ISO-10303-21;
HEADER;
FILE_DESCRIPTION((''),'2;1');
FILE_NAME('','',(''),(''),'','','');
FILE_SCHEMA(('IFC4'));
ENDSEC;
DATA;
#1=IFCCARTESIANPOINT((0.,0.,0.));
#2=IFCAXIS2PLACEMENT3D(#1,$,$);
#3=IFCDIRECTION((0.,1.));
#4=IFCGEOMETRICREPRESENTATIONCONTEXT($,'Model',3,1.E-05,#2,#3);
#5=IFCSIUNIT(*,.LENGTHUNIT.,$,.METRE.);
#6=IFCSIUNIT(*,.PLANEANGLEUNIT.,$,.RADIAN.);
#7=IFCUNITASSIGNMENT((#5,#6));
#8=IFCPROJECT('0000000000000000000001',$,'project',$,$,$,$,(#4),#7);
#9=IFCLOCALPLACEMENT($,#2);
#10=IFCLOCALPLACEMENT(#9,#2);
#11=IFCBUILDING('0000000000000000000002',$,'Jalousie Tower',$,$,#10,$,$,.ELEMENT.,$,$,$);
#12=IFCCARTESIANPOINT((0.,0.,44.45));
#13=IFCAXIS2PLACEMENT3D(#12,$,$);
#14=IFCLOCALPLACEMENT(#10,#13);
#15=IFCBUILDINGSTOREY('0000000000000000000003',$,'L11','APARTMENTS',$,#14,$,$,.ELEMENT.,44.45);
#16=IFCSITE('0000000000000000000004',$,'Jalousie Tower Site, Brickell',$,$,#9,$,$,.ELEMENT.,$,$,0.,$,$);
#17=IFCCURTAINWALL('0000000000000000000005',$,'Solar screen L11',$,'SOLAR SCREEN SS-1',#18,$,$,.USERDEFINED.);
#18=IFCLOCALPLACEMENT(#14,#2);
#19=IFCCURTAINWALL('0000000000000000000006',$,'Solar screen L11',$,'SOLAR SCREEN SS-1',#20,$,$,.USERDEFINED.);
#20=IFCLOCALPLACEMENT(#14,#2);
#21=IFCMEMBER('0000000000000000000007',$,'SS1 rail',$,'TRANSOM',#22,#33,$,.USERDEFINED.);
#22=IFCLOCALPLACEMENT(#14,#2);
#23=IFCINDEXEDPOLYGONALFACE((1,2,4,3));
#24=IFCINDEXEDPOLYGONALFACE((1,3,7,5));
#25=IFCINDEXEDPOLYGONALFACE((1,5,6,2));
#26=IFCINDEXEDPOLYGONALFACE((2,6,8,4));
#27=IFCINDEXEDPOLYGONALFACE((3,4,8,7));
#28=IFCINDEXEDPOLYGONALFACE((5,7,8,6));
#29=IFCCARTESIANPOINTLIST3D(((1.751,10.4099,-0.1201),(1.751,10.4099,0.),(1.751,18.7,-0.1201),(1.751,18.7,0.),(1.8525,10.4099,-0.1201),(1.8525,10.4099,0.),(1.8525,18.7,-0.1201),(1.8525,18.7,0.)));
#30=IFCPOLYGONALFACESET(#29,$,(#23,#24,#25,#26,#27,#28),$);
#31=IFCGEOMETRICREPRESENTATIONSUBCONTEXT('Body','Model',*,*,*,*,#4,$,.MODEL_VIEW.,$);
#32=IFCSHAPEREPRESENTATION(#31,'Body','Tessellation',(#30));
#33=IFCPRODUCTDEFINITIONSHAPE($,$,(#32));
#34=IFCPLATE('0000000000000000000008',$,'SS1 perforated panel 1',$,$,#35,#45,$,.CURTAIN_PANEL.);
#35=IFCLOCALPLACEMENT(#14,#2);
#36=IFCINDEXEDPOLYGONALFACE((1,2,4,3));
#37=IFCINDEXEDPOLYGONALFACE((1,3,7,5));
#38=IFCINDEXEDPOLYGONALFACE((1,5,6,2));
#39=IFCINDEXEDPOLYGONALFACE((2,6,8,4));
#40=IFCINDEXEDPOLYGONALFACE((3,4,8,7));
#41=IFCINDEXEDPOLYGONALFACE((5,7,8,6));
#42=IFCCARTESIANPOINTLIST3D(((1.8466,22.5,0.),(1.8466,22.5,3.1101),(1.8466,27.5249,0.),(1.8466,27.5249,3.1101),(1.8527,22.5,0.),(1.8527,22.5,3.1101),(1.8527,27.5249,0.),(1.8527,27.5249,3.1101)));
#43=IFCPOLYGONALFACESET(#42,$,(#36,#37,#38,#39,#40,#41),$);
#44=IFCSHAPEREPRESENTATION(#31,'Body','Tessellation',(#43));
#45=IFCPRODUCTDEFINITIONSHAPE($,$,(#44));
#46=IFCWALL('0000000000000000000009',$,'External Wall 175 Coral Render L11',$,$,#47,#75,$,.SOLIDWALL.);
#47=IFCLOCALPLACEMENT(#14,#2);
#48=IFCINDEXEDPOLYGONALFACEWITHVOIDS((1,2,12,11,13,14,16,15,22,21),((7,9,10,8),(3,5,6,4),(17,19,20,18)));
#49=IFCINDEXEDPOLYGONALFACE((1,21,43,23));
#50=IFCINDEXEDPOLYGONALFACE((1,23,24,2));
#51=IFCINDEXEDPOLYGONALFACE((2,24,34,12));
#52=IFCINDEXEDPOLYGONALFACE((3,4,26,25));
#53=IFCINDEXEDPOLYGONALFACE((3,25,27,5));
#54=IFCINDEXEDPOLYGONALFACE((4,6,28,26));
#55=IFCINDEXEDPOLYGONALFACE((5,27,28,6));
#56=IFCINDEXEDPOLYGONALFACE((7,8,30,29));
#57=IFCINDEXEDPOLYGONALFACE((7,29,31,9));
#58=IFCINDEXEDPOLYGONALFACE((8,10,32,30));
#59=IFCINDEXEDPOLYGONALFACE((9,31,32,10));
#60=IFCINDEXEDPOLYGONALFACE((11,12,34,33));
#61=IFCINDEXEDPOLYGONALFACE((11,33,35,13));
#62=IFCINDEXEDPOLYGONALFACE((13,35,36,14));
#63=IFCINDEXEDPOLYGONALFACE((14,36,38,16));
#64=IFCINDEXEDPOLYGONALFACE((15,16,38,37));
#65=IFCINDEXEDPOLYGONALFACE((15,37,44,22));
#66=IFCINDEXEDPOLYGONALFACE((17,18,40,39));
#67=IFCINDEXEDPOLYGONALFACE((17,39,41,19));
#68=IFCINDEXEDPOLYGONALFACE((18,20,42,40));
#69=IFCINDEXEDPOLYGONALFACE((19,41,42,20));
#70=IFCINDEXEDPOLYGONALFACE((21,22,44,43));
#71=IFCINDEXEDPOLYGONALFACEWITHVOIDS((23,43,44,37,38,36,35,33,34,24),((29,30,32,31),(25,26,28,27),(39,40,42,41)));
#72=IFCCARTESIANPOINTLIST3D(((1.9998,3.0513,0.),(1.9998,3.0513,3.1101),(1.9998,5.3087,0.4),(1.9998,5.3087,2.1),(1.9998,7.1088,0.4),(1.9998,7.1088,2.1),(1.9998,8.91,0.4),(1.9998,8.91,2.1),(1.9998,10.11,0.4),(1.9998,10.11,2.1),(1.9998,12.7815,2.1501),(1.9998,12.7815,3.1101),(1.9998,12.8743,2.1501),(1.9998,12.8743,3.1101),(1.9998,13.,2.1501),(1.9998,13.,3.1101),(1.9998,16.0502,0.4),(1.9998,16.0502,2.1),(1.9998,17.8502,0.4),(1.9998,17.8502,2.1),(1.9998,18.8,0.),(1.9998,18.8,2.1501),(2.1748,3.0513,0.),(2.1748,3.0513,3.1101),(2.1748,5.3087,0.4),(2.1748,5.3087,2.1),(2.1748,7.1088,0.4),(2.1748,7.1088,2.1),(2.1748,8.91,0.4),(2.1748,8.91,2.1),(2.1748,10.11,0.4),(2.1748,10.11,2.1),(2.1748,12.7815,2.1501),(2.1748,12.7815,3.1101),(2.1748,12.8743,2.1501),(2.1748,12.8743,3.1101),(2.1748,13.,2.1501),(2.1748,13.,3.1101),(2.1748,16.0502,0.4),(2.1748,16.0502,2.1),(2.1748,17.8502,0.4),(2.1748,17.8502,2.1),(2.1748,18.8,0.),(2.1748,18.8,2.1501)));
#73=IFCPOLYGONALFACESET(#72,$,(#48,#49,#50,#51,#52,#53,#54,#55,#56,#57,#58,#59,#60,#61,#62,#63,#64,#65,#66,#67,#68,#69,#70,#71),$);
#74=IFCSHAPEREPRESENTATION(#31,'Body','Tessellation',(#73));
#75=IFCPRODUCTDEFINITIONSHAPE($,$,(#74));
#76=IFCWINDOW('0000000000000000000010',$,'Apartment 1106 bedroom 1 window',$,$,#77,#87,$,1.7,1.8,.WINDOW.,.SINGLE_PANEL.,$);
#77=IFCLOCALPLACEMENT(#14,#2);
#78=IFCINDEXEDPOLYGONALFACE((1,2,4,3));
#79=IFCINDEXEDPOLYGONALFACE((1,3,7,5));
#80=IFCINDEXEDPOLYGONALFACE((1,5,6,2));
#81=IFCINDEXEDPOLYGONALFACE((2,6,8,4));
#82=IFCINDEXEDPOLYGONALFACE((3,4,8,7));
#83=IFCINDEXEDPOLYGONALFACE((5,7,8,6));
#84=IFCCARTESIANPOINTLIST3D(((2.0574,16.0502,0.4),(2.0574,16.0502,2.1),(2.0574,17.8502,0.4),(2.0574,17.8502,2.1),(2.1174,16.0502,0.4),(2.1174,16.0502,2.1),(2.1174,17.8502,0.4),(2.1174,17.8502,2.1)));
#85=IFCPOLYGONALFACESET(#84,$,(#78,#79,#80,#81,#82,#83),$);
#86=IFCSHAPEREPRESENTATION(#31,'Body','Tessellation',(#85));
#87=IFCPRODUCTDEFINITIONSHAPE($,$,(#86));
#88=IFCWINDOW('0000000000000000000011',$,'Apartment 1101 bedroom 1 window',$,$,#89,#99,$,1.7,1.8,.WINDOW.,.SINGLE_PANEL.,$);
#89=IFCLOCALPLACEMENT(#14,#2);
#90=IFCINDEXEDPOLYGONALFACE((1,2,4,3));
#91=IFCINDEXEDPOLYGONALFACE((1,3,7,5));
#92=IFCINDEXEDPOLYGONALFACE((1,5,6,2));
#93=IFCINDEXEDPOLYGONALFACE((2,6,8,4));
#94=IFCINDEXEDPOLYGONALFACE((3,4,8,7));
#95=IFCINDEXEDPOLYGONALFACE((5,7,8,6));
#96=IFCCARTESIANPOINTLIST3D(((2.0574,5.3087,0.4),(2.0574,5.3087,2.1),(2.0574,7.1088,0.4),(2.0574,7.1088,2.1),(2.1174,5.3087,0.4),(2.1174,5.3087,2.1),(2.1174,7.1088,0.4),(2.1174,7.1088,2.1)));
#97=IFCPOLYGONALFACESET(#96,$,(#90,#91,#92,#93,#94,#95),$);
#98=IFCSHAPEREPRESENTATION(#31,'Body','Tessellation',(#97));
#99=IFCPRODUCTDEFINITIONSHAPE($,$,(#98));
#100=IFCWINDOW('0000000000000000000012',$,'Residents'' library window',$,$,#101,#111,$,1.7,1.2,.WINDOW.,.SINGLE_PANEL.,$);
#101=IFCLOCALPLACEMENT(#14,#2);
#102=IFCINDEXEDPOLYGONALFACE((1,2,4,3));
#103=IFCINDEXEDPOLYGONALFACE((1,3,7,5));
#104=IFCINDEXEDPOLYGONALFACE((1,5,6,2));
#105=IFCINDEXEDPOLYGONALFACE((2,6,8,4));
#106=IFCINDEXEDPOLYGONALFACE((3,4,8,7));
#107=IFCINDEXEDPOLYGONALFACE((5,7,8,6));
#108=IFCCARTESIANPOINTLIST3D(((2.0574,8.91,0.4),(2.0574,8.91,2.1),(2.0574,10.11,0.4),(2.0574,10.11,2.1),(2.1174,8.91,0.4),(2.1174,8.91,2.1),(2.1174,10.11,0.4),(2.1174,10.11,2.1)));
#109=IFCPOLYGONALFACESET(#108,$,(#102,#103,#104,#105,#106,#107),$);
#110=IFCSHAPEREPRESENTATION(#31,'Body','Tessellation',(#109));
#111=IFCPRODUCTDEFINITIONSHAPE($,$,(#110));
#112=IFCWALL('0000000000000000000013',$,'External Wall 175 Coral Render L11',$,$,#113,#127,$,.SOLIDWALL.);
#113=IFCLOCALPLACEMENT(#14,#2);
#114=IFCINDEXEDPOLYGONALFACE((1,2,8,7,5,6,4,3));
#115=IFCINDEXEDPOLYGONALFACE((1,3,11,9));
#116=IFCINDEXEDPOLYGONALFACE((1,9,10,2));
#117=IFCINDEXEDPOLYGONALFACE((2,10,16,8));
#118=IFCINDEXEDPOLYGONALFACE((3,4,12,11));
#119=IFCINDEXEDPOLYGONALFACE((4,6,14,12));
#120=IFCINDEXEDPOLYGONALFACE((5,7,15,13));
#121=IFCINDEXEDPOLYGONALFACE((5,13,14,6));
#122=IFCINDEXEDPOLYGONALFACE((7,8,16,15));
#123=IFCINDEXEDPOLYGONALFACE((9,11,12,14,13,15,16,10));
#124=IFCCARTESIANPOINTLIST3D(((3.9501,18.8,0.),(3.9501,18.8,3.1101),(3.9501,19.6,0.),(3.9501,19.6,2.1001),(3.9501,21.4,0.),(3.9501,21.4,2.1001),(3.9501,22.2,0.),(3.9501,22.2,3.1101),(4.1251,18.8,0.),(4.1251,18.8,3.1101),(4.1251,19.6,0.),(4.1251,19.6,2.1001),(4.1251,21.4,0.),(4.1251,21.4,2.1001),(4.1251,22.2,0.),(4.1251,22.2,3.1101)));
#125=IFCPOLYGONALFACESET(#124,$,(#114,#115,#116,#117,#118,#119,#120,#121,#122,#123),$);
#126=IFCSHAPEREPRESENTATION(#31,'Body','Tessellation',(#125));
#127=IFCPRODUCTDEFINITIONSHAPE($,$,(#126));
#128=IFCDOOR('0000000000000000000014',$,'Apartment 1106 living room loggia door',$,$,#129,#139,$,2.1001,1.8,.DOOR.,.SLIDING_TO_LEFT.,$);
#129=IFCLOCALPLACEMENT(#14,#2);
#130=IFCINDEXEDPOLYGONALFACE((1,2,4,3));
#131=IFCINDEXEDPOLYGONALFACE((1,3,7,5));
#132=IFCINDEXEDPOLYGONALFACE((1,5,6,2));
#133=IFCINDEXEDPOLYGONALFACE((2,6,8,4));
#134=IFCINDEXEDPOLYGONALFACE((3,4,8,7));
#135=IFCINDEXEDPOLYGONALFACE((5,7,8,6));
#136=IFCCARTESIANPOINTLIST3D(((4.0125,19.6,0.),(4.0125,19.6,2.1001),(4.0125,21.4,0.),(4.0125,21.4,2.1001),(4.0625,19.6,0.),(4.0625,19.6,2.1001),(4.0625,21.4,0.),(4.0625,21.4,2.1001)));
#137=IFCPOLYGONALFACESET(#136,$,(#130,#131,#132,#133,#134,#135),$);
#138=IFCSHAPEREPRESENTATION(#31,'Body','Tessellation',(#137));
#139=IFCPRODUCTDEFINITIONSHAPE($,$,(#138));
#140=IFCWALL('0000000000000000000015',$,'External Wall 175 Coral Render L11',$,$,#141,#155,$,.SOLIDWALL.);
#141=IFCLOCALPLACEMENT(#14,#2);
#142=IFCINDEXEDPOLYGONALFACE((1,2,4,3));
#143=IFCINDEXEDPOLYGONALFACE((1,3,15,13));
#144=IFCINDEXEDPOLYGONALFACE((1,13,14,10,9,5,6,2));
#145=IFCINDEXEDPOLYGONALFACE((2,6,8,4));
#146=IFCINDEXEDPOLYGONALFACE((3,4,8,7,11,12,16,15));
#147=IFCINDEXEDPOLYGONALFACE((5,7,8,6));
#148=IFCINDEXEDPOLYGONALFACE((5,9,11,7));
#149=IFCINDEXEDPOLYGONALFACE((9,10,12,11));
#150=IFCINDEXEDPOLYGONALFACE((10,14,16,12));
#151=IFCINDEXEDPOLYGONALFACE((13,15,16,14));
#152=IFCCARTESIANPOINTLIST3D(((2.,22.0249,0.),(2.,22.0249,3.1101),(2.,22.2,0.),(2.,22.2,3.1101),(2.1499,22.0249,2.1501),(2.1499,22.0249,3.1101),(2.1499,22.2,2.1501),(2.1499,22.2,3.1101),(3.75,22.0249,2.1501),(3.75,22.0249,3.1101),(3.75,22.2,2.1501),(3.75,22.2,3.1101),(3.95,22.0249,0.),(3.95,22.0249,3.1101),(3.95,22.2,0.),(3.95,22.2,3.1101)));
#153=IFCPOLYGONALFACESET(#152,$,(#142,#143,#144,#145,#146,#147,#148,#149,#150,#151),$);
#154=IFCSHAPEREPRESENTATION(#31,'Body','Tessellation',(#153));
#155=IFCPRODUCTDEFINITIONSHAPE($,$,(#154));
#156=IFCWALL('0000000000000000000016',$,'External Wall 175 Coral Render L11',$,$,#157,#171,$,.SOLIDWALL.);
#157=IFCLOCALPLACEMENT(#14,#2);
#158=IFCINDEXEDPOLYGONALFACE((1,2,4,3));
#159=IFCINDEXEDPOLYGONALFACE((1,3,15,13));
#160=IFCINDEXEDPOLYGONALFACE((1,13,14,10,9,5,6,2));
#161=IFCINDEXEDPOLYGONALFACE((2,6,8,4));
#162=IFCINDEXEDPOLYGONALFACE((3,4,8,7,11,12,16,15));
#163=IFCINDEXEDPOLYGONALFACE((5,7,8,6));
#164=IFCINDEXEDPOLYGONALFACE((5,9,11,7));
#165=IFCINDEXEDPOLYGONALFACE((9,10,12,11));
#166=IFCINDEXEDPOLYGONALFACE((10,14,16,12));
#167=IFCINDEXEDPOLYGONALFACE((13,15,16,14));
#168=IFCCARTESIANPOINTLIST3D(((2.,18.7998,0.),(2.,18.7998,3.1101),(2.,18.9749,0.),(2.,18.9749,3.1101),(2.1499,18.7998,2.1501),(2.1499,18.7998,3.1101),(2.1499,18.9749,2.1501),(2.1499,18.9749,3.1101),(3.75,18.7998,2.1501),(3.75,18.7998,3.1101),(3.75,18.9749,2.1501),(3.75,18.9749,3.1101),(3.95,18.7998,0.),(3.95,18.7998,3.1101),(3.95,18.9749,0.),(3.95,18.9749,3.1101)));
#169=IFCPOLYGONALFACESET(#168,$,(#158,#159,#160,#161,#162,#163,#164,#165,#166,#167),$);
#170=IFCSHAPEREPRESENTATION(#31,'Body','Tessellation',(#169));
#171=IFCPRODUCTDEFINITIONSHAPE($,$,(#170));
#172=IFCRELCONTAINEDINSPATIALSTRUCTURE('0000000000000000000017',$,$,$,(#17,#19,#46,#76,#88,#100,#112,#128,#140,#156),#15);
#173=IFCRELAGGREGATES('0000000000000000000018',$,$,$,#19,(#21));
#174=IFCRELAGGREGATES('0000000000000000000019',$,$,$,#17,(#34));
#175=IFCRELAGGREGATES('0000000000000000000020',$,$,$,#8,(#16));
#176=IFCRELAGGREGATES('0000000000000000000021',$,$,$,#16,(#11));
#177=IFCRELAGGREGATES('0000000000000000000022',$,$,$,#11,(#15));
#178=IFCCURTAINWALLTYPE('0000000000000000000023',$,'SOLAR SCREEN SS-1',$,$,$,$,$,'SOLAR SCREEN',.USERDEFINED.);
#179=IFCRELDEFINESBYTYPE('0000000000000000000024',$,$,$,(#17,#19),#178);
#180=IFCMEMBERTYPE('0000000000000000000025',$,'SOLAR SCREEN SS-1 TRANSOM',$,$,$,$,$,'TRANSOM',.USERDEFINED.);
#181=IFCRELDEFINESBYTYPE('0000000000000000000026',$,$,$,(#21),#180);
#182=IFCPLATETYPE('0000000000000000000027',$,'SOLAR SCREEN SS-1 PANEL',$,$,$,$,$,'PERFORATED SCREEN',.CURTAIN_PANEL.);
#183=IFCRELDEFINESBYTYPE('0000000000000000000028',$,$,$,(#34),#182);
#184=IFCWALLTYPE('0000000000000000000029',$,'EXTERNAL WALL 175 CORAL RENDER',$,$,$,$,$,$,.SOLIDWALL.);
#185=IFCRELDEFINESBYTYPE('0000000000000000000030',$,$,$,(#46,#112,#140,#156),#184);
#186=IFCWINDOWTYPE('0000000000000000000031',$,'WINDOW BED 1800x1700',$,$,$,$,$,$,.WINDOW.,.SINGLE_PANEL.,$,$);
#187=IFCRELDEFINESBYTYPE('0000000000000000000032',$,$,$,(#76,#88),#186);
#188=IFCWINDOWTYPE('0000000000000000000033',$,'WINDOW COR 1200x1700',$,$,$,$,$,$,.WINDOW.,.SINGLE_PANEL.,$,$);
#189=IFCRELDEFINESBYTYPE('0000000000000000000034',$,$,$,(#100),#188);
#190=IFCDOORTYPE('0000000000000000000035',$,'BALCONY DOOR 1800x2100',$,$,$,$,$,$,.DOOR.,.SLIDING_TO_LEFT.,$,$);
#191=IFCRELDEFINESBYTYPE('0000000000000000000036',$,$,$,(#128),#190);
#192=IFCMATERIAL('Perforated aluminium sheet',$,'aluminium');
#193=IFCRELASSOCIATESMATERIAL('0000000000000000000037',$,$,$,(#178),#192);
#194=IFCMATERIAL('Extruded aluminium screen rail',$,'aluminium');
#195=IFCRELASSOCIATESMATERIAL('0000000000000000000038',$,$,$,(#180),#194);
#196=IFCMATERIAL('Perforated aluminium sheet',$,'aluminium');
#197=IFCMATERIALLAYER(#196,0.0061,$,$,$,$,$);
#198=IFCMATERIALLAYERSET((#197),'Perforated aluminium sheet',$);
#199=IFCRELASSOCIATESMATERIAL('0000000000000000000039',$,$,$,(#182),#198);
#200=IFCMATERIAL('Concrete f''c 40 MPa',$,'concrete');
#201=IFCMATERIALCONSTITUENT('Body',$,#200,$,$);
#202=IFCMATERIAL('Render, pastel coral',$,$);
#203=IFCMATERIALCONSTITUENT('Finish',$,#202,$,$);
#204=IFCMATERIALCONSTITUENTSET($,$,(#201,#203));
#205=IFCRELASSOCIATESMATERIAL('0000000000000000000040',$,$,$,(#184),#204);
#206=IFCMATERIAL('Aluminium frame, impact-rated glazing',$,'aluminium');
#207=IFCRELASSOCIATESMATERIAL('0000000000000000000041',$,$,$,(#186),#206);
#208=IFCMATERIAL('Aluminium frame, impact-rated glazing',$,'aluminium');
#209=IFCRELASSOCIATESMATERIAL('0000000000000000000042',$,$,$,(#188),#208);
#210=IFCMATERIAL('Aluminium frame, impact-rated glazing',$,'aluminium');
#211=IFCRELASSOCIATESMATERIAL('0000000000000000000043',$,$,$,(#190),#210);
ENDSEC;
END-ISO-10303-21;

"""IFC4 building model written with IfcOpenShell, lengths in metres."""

from ifc_helpers import new_model, si_unit, direction, frame, frame_2d, origin, origin_2d, place, context, subcontext, project, spatial, polyline, rectangle, outline, extrude, material, layer, layer_set, constituent, constituent_set, material_profile, profile_set, type_object, element, fill, aggregate, save


model = new_model("IFC4")

# Units and contexts
model_context = context("Model", 3, precision=1e-05, world=origin(), true_north=direction((0.0, 1.0)))
body_context = subcontext(model_context, "Body", "Model", "MODEL_VIEW")
ifc_project = project(units=[si_unit("LENGTHUNIT", "METRE"), si_unit("PLANEANGLEUNIT", "RADIAN")], contexts=[model_context])

# Site, building, storey
site_placement = place(None, origin())
site = spatial("IfcSite", under=ifc_project, at=site_placement, Name="Jalousie Tower Site, Brickell", CompositionType="ELEMENT", RefElevation=0.0)
building_placement = place(site_placement, origin())
building = spatial("IfcBuilding", under=site, at=building_placement, Name="Jalousie Tower", CompositionType="ELEMENT")
storey_placement = place(building_placement, frame((0.0, 0.0, 44.45)))
storey = spatial("IfcBuildingStorey", under=building, at=storey_placement, Name="L11", Description="APARTMENTS", CompositionType="ELEMENT", Elevation=44.45)

# Curtain wall
ifc_material_1 = material(Name="Perforated aluminium sheet", Category="aluminium")
curtain_wall_type = type_object("IfcCurtainWallType", Name="SOLAR SCREEN SS-1", ElementType="SOLAR SCREEN", PredefinedType="USERDEFINED", material=ifc_material_1)
curtain_wall_1_placement = place(storey_placement, origin())
curtain_wall_1 = element("IfcCurtainWall", 1, at=curtain_wall_1_placement, inside=storey, type_object=curtain_wall_type, Name="Solar screen L11", ObjectType="SOLAR SCREEN SS-1", PredefinedType="USERDEFINED")

# Curtain wall
curtain_wall_2_placement = place(storey_placement, origin())
curtain_wall_2 = element("IfcCurtainWall", 2, at=curtain_wall_2_placement, inside=storey, type_object=curtain_wall_type, Name="Solar screen L11", ObjectType="SOLAR SCREEN SS-1", PredefinedType="USERDEFINED")

# Member
ifc_material_2 = material(Name="Extruded aluminium screen rail", Category="aluminium")
ifc_material_profile_1 = material_profile(ifc_material_2, rectangle(XDim=0.1016, YDim=0.1201, at=origin_2d()), Name="RAIL 102x120")
ifc_profile_set_1 = profile_set([ifc_material_profile_1], Name="Extruded aluminium screen rail")
member_type_1 = type_object("IfcMemberType", Name="SOLAR SCREEN SS-1 TRANSOM", ElementType="TRANSOM", PredefinedType="USERDEFINED", material=ifc_profile_set_1)
member_1_placement = place(storey_placement, frame((1.8018, 18.7, -0.0601), z_axis=(0.0, -1.0, 0.0), x_axis=(1.0, 0.0, 0.0)))
member_1 = element("IfcMember", 3, at=member_1_placement, type_object=member_type_1, Name="SS1 rail", ObjectType="TRANSOM", PredefinedType="USERDEFINED", context=body_context, shape_type="SweptSolid", body=[
    extrude(rectangle(XDim=0.1016, YDim=0.1201, at=origin_2d()), origin(), (0.0, 0.0, 1.0), 8.29),
])
aggregate(curtain_wall_2, [member_1])

# Plate
ifc_material_3 = material(Name="Perforated aluminium sheet", Category="aluminium")
ifc_layer_1 = layer(ifc_material_3, 0.0061)
ifc_layer_set_1 = layer_set([ifc_layer_1], Name="Perforated aluminium sheet")
plate_type = type_object("IfcPlateType", Name="SOLAR SCREEN SS-1 PANEL", ElementType="PERFORATED SCREEN", PredefinedType="CURTAIN_PANEL", material=ifc_layer_set_1)
plate_placement = place(storey_placement, frame((1.8496, 25.0125, 0.0), z_axis=(0.0, 0.0, 1.0), x_axis=(0.0, -1.0, 0.0)))
plate = element("IfcPlate", 4, at=plate_placement, type_object=plate_type, Name="SS1 perforated panel 1", PredefinedType="CURTAIN_PANEL", context=body_context, shape_type="SweptSolid", body=[
    extrude(rectangle(XDim=5.0249, YDim=0.0061, at=origin_2d()), origin(), (0.0, 0.0, 1.0), 3.1101),
])
aggregate(curtain_wall_1, [plate])

# Wall, openings, windows
ifc_material_4 = material(Name="Concrete f'c 40 MPa", Category="concrete")
ifc_constituent_1 = constituent(ifc_material_4, Name="Body")
ifc_material_5 = material(Name="Render, pastel coral")
ifc_constituent_2 = constituent(ifc_material_5, Name="Finish")
ifc_constituent_set_1 = constituent_set(constituents=[ifc_constituent_1, ifc_constituent_2])
wall_type_1 = type_object("IfcWallType", Name="EXTERNAL WALL 175 CORAL RENDER", PredefinedType="SOLIDWALL", material=ifc_constituent_set_1)
wall_1_placement = place(storey_placement, frame((2.0874, 18.8, 0.0), z_axis=(0.0, 0.0, 1.0), x_axis=(0.0, -1.0, 0.0)))
wall_1 = element("IfcWall", 5, at=wall_1_placement, inside=storey, type_object=wall_type_1, Name="External Wall 175 Coral Render L11", PredefinedType="SOLIDWALL", context=body_context, shape_type="SweptSolid", body=[
    extrude(outline(polyline([(0.0, 0.0), (15.7488, 0.0), (15.7488, 3.1101), (6.0186, 3.1101), (6.0186, 2.1501), (5.9258, 2.1501), (5.9258, 3.1101), (5.8, 3.1101), (5.8, 2.1501), (0.0, 2.1501), (0.0, 0.0)])), frame((0.0, 0.0874, 0.0), z_axis=(0.0, -1.0, 0.0), x_axis=(1.0, 0.0, 0.0)), (0.0, 0.0, 1.0), 0.175),
])
opening_1_placement = place(wall_1_placement, frame((0.95, 0.0, 0.3999)))
opening_1 = element("IfcOpeningElement", 6, at=opening_1_placement, cuts=wall_1, PredefinedType="OPENING", context=body_context, shape_type="SweptSolid", body=[
    extrude(rectangle(XDim=1.8, YDim=1.7, at=frame_2d((0.8999, 0.8501))), frame((0.0, 0.0974, 0.0), z_axis=(0.0, -1.0, 0.0), x_axis=(1.0, 0.0, 0.0)), (0.0, 0.0, 1.0), 0.1951),
])
opening_2_placement = place(wall_1_placement, frame((8.6899, 0.0, 0.3999)))
opening_2 = element("IfcOpeningElement", 7, at=opening_2_placement, cuts=wall_1, PredefinedType="OPENING", context=body_context, shape_type="SweptSolid", body=[
    extrude(rectangle(XDim=1.2, YDim=1.7, at=frame_2d((0.6001, 0.8501))), frame((0.0, 0.0974, 0.0), z_axis=(0.0, -1.0, 0.0), x_axis=(1.0, 0.0, 0.0)), (0.0, 0.0, 1.0), 0.1951),
])
opening_3_placement = place(wall_1_placement, frame((11.6914, 0.0, 0.3999)))
opening_3 = element("IfcOpeningElement", 8, at=opening_3_placement, cuts=wall_1, PredefinedType="OPENING", context=body_context, shape_type="SweptSolid", body=[
    extrude(rectangle(XDim=1.8, YDim=1.7, at=frame_2d((0.8999, 0.8501))), frame((0.0, 0.0974, 0.0), z_axis=(0.0, -1.0, 0.0), x_axis=(1.0, 0.0, 0.0)), (0.0, 0.0, 1.0), 0.1951),
])
ifc_material_6 = material(Name="Aluminium frame, impact-rated glazing", Category="aluminium")
window_type_1 = type_object("IfcWindowType", Name="WINDOW BED 1800x1700", PartitioningType="SINGLE_PANEL", PredefinedType="WINDOW", material=ifc_material_6)
window_1_placement = place(opening_1_placement, origin())
window_1 = element("IfcWindow", 9, at=window_1_placement, inside=storey, type_object=window_type_1, Name="Apartment 1106 bedroom 1 window", OverallHeight=1.7, OverallWidth=1.8, PartitioningType="SINGLE_PANEL", PredefinedType="WINDOW", context=body_context, shape_type="SweptSolid", body=[
    extrude(rectangle(XDim=1.8, YDim=1.7, at=frame_2d((0.8999, 0.8501))), frame((0.0, 0.03, 0.0), z_axis=(0.0, -1.0, 0.0), x_axis=(1.0, 0.0, 0.0)), (0.0, 0.0, 1.0), 0.0601),
])
fill(opening_1, window_1)
window_2_placement = place(opening_3_placement, origin())
window_2 = element("IfcWindow", 10, at=window_2_placement, inside=storey, type_object=window_type_1, Name="Apartment 1101 bedroom 1 window", OverallHeight=1.7, OverallWidth=1.8, PartitioningType="SINGLE_PANEL", PredefinedType="WINDOW", context=body_context, shape_type="SweptSolid", body=[
    extrude(rectangle(XDim=1.8, YDim=1.7, at=frame_2d((0.8999, 0.8501))), frame((0.0, 0.03, 0.0), z_axis=(0.0, -1.0, 0.0), x_axis=(1.0, 0.0, 0.0)), (0.0, 0.0, 1.0), 0.0601),
])
fill(opening_3, window_2)
ifc_material_7 = material(Name="Aluminium frame, impact-rated glazing", Category="aluminium")
window_type_2 = type_object("IfcWindowType", Name="WINDOW COR 1200x1700", PartitioningType="SINGLE_PANEL", PredefinedType="WINDOW", material=ifc_material_7)
window_3_placement = place(opening_2_placement, origin())
window_3 = element("IfcWindow", 11, at=window_3_placement, inside=storey, type_object=window_type_2, Name="Residents' library window", OverallHeight=1.7, OverallWidth=1.2, PartitioningType="SINGLE_PANEL", PredefinedType="WINDOW", context=body_context, shape_type="SweptSolid", body=[
    extrude(rectangle(XDim=1.2, YDim=1.7, at=frame_2d((0.6001, 0.8501))), frame((0.0, 0.03, 0.0), z_axis=(0.0, -1.0, 0.0), x_axis=(1.0, 0.0, 0.0)), (0.0, 0.0, 1.0), 0.0601),
])
fill(opening_2, window_3)

# Wall, opening, door
wall_2_placement = place(storey_placement, frame((4.0376, 22.2, 0.0), z_axis=(0.0, 0.0, 1.0), x_axis=(0.0, -1.0, 0.0)))
wall_2 = element("IfcWall", 12, at=wall_2_placement, inside=storey, type_object=wall_type_1, Name="External Wall 175 Coral Render L11", PredefinedType="SOLIDWALL", context=body_context, shape_type="SweptSolid", body=[
    extrude(rectangle(XDim=3.3999, YDim=0.175, at=frame_2d((1.7, 0.0))), origin(), (0.0, 0.0, 1.0), 3.1101),
])
opening_4_placement = place(wall_2_placement, frame((0.8, 0.0, 0.0)))
opening_4 = element("IfcOpeningElement", 13, at=opening_4_placement, cuts=wall_2, PredefinedType="OPENING", context=body_context, shape_type="SweptSolid", body=[
    extrude(rectangle(XDim=1.8, YDim=2.1001, at=frame_2d((0.8999, 1.05))), frame((0.0, 0.0974, 0.0), z_axis=(0.0, -1.0, 0.0), x_axis=(1.0, 0.0, 0.0)), (0.0, 0.0, 1.0), 0.1951),
])
ifc_material_8 = material(Name="Aluminium frame, impact-rated glazing", Category="aluminium")
door_type_1 = type_object("IfcDoorType", Name="BALCONY DOOR 1800x2100", OperationType="SLIDING_TO_LEFT", PredefinedType="DOOR", material=ifc_material_8)
door_1_placement = place(opening_4_placement, origin())
door_1 = element("IfcDoor", 14, at=door_1_placement, inside=storey, type_object=door_type_1, Name="Apartment 1106 living room loggia door", OperationType="SLIDING_TO_LEFT", OverallHeight=2.1001, OverallWidth=1.8, PredefinedType="DOOR", context=body_context, shape_type="SweptSolid", body=[
    extrude(rectangle(XDim=1.8, YDim=2.1001, at=frame_2d((0.8999, 1.05))), frame((0.0, 0.0249, 0.0), z_axis=(0.0, -1.0, 0.0), x_axis=(1.0, 0.0, 0.0)), (0.0, 0.0, 1.0), 0.05),
])
fill(opening_4, door_1)

# Walls
for number, where, z_axis, x_axis, name in (
    (15, (2.0, 22.1125, 0.0), (0.0, 0.0, 1.0), (1.0, 0.0, 0.0), "External Wall 175 Coral Render L11"),
    (16, (2.0, 18.8875, 0.0), (0.0, 0.0, 1.0), (1.0, 0.0, 0.0), "External Wall 175 Coral Render L11"),
):
    element("IfcWall", number, at=place(storey_placement, frame(where, z_axis=z_axis, x_axis=x_axis)), inside=storey, type_object=wall_type_1, Name=name, PredefinedType="SOLIDWALL", context=body_context, shape_type="SweptSolid", body=[
        extrude(outline(polyline([(0.0, 0.0), (1.95, 0.0), (1.95, 3.1101), (1.75, 3.1101), (1.75, 2.1501), (0.1499, 2.1501), (0.1499, 3.1101), (0.0, 3.1101), (0.0, 0.0)])), frame((0.0, 0.0874, 0.0), z_axis=(0.0, -1.0, 0.0), x_axis=(1.0, 0.0, 0.0)), (0.0, 0.0, 1.0), 0.175),
    ])

save(model, "model.ifc")
